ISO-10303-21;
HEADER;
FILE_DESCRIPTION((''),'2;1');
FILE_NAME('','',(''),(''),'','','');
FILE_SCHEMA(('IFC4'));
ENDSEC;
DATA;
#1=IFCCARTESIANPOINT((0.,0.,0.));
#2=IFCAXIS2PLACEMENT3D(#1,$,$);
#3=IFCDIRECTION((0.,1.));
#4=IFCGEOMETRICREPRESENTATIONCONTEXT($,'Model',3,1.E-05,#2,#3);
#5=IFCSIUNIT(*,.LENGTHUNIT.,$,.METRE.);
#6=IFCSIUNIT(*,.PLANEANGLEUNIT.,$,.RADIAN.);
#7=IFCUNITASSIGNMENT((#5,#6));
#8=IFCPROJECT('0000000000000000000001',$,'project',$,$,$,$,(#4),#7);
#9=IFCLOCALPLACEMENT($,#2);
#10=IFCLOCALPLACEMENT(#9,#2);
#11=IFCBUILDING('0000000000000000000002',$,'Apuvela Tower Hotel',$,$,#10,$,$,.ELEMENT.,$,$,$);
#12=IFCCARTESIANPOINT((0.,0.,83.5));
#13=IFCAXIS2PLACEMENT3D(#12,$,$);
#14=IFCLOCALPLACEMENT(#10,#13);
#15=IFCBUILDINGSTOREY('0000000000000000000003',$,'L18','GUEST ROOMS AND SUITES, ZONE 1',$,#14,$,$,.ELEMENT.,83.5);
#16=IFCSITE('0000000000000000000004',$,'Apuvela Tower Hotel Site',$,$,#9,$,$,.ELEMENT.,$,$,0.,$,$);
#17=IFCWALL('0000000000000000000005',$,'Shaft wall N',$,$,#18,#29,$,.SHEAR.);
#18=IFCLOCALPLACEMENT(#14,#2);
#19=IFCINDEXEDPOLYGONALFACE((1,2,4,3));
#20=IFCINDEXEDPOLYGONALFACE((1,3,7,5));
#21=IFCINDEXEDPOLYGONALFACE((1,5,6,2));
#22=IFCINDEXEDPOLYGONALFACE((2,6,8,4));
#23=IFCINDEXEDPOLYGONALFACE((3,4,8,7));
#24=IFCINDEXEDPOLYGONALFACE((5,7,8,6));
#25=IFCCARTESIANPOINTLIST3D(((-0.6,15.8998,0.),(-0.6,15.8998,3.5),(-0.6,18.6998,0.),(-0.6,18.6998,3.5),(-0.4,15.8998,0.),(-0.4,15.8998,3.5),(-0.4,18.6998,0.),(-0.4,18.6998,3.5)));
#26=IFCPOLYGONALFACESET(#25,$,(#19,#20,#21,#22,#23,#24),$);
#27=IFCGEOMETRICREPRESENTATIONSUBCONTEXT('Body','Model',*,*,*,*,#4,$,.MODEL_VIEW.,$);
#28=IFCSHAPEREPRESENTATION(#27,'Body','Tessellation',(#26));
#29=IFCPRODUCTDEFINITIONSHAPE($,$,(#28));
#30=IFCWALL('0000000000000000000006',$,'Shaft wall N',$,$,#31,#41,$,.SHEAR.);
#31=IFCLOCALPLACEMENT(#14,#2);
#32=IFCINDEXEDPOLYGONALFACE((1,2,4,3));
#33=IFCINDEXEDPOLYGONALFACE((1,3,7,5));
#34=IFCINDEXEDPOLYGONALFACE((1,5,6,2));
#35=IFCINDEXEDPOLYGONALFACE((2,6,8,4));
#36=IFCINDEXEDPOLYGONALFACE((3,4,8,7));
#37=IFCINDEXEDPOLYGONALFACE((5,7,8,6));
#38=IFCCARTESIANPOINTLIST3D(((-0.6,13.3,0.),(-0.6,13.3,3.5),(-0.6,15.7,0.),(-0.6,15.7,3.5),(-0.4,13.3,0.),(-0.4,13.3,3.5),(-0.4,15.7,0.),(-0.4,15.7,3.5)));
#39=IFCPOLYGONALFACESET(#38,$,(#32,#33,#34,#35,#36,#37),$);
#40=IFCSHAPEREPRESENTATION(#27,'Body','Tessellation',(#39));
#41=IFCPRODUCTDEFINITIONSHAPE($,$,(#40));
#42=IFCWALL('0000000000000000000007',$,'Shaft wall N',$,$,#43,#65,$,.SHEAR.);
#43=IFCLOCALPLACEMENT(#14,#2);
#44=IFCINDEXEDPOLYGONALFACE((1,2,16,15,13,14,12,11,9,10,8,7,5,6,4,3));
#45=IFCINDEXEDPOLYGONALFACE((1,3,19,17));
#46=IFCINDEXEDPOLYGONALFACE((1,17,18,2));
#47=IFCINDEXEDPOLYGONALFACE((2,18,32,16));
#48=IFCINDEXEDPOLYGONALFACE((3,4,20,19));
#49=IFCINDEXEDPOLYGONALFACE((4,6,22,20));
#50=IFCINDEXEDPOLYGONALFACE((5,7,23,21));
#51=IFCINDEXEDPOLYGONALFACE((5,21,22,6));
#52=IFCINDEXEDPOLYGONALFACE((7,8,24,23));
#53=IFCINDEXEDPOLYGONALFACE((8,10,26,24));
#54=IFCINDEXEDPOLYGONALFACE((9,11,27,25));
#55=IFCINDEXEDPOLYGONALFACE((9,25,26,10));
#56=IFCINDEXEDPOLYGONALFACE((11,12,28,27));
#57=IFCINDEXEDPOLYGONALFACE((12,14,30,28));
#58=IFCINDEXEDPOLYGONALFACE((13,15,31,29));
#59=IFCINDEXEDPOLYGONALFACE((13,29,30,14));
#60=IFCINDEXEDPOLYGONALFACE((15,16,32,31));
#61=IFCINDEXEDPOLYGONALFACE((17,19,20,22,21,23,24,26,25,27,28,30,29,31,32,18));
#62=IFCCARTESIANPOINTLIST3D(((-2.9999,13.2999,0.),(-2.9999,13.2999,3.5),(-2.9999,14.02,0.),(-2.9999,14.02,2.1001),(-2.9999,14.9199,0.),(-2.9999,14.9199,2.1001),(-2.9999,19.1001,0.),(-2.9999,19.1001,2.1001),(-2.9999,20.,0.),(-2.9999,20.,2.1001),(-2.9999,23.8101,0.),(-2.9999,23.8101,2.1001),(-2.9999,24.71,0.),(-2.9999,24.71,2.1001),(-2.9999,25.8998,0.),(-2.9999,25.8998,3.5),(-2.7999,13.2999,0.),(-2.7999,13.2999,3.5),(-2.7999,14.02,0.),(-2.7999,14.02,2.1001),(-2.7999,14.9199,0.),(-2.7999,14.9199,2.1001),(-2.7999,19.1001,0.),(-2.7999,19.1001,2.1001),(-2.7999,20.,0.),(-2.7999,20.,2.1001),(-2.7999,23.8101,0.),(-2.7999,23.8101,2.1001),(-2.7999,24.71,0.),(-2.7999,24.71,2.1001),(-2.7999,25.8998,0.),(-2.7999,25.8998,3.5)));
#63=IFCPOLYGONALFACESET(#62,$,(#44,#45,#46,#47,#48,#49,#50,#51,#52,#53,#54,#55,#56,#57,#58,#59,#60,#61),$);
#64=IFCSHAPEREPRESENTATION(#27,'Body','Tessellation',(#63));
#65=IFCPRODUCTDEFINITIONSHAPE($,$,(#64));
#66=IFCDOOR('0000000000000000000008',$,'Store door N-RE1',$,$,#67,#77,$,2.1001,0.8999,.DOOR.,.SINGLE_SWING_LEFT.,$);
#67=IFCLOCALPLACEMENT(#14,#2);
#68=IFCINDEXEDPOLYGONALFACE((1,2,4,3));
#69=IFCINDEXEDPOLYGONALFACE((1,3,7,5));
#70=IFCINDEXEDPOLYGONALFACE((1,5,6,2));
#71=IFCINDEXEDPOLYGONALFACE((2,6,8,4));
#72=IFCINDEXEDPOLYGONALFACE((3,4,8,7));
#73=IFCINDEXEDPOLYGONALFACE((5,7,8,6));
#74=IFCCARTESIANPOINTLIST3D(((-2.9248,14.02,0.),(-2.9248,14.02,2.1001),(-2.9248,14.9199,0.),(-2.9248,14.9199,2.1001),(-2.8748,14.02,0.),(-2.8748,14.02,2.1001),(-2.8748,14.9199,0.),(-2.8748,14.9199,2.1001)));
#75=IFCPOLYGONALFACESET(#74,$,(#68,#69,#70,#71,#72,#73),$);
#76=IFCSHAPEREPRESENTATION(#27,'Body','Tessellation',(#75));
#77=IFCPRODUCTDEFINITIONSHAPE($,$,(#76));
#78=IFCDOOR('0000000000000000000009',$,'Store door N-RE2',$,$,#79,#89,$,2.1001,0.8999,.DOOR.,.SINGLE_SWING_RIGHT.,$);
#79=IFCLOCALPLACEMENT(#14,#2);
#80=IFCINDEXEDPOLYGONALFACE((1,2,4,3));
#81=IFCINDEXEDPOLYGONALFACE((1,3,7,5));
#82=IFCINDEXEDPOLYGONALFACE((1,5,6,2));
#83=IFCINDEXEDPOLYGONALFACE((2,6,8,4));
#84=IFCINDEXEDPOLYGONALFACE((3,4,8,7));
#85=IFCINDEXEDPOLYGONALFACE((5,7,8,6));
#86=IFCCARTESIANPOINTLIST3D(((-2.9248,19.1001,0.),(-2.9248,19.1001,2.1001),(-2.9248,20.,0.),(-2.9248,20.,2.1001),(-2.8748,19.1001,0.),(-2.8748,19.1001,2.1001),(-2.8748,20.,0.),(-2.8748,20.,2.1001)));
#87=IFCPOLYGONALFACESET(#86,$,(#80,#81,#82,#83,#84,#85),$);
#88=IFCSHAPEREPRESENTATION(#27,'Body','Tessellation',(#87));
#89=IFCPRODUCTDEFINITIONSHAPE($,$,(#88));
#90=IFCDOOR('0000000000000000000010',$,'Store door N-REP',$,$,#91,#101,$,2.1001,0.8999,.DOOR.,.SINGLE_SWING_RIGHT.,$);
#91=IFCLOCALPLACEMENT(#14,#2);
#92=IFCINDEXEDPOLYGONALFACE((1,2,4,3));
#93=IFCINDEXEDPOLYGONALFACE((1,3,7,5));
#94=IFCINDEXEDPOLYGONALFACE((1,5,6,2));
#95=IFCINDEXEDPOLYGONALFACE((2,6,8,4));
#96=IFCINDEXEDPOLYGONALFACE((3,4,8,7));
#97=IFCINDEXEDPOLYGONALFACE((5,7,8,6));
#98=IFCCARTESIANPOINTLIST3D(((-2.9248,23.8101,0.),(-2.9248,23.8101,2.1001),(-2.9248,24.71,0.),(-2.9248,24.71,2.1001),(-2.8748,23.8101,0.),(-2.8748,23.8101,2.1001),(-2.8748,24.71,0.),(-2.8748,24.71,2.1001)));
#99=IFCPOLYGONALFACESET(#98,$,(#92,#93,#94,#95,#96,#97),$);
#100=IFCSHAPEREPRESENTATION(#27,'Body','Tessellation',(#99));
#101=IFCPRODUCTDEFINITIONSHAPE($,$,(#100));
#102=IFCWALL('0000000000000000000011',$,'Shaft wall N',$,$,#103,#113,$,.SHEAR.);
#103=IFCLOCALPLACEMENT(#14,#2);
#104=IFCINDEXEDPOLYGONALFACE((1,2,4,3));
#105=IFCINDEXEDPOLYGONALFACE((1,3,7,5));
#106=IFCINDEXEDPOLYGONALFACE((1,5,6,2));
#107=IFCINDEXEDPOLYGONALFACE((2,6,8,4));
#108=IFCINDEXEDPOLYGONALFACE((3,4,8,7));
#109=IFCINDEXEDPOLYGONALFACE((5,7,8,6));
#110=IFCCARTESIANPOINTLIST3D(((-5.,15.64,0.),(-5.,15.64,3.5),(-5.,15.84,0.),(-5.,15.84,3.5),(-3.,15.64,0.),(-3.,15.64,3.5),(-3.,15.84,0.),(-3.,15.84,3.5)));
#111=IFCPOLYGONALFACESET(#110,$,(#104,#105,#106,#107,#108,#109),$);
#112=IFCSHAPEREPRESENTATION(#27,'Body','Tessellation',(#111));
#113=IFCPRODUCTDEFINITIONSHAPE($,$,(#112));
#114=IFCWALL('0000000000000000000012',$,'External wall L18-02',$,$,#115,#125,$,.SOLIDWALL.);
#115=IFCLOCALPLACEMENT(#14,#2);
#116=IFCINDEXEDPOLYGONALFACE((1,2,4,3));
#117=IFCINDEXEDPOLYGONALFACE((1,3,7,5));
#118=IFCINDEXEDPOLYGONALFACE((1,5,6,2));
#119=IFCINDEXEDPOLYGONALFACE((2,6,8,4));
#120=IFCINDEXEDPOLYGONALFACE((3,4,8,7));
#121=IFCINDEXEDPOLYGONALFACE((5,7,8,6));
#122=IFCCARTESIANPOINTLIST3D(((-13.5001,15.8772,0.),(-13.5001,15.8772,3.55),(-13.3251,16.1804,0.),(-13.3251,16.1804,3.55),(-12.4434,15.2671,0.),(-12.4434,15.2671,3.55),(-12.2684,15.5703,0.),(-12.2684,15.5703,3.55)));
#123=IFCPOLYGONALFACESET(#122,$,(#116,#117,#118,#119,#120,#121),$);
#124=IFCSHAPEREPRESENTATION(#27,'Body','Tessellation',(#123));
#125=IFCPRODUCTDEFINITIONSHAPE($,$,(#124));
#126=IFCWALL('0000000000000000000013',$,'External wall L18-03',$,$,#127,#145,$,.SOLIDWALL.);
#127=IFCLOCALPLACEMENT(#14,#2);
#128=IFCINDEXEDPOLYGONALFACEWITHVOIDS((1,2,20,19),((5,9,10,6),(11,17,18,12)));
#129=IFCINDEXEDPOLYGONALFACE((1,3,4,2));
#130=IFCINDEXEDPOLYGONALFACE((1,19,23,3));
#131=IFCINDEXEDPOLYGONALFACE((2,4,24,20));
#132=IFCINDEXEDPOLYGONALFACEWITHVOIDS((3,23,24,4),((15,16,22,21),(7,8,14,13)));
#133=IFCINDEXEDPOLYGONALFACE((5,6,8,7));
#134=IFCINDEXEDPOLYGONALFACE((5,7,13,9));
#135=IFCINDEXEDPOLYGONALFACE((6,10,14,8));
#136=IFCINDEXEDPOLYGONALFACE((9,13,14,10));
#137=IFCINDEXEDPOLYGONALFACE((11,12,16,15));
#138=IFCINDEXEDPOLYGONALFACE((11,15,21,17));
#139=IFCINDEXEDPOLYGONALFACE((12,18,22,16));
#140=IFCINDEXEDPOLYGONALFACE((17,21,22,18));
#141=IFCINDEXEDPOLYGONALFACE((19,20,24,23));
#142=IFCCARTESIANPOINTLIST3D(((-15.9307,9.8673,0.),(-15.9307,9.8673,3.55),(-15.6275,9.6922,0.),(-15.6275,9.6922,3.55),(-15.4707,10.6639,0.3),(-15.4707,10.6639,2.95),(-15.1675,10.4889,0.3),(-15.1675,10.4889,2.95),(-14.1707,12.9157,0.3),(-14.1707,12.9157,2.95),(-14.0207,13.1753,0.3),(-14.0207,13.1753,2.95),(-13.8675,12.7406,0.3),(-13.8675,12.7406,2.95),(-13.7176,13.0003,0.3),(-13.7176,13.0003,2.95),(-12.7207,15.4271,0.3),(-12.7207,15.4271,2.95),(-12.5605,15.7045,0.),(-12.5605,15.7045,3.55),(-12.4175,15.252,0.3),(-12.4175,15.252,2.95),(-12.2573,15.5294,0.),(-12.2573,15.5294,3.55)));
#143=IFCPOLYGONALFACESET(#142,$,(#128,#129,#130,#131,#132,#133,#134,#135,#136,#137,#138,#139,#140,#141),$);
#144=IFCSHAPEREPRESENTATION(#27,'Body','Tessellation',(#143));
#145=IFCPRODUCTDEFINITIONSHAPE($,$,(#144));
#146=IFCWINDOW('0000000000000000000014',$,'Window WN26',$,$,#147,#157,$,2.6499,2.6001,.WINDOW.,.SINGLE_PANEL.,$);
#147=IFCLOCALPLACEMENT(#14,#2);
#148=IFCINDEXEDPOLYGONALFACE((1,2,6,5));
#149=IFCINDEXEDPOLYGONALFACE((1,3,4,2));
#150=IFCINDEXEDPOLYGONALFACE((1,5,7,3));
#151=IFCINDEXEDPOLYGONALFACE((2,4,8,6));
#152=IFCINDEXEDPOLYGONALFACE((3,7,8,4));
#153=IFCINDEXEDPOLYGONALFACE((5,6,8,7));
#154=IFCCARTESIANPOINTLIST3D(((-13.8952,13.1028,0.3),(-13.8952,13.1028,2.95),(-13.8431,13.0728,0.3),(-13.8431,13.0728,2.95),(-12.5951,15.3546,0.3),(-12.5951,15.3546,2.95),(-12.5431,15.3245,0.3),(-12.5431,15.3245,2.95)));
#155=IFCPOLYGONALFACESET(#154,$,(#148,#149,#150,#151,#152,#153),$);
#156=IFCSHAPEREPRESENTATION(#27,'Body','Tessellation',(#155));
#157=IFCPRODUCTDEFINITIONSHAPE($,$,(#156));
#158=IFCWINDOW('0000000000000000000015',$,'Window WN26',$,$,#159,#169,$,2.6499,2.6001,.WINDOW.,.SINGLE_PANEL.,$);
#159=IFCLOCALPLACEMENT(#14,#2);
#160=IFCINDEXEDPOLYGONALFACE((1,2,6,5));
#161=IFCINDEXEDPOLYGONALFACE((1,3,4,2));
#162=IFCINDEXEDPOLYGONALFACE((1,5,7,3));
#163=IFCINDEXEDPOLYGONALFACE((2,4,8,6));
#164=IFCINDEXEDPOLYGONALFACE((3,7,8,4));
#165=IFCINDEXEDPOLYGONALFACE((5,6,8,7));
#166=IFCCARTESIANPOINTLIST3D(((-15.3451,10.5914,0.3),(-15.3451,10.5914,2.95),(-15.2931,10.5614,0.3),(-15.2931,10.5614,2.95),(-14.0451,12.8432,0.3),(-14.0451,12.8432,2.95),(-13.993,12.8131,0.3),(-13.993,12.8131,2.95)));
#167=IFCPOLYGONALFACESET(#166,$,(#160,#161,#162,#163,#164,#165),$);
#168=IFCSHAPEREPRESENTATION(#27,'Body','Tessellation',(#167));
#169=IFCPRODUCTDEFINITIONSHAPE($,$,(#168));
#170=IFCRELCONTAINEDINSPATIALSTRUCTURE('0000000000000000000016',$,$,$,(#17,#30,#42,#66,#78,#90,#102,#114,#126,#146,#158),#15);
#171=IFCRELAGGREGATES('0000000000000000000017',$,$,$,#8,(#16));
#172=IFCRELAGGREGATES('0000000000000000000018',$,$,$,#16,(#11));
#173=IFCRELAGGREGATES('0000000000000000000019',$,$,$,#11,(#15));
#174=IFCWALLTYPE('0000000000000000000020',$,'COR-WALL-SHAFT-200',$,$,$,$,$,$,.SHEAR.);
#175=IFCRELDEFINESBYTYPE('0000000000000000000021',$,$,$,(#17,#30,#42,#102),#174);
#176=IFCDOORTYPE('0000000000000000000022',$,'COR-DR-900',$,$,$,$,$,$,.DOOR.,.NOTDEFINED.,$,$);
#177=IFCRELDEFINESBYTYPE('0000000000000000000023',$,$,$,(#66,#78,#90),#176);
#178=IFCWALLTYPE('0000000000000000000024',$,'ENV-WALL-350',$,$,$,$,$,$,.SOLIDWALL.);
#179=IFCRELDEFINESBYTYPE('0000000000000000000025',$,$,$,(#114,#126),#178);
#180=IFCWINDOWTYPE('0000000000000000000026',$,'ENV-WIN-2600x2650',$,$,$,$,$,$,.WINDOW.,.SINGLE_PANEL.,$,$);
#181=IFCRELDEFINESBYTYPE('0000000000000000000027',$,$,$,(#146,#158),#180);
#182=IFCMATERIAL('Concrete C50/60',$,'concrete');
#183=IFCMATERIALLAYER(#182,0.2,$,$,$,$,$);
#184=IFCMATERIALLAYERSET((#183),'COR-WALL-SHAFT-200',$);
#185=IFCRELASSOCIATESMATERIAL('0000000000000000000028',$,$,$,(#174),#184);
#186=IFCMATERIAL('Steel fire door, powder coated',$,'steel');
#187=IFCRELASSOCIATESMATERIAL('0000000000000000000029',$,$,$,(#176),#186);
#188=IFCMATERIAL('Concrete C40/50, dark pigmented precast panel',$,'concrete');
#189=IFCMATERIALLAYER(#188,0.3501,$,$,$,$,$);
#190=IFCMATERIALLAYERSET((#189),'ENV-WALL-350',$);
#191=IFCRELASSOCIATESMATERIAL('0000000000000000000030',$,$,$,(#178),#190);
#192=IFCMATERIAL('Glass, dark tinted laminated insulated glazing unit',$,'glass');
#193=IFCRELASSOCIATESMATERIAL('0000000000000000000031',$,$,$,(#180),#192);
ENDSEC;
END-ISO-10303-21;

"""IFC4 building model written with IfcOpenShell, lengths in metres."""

from ifc_helpers import new_model, si_unit, direction, frame, frame_2d, origin, place, context, subcontext, project, spatial, rectangle, extrude, material, layer, layer_set, type_object, element, fill, save


model = new_model("IFC4")

# Units and contexts
model_context = context("Model", 3, precision=1e-05, world=origin(), true_north=direction((0.0, 1.0)))
body_context = subcontext(model_context, "Body", "Model", "MODEL_VIEW")
ifc_project = project(units=[si_unit("LENGTHUNIT", "METRE"), si_unit("PLANEANGLEUNIT", "RADIAN")], contexts=[model_context])

# Site, building, storey
site_placement = place(None, origin())
site = spatial("IfcSite", under=ifc_project, at=site_placement, Name="Apuvela Tower Hotel Site", CompositionType="ELEMENT", RefElevation=0.0)
building_placement = place(site_placement, origin())
building = spatial("IfcBuilding", under=site, at=building_placement, Name="Apuvela Tower Hotel", CompositionType="ELEMENT")
storey_placement = place(building_placement, frame((0.0, 0.0, 83.5)))
storey = spatial("IfcBuildingStorey", under=building, at=storey_placement, Name="L18", Description="GUEST ROOMS AND SUITES, ZONE 1", CompositionType="ELEMENT", Elevation=83.5)

# Walls
ifc_material_1 = material(Name="Concrete C50/60", Category="concrete")
ifc_layer_1 = layer(ifc_material_1, 0.2)
ifc_layer_set_1 = layer_set([ifc_layer_1], Name="COR-WALL-SHAFT-200")
wall_type_1 = type_object("IfcWallType", Name="COR-WALL-SHAFT-200", PredefinedType="SHEAR", material=ifc_layer_set_1)
wall_1_placement = place(storey_placement, frame((-0.5, 15.8999, 0.0), z_axis=(0.0, 0.0, 1.0), x_axis=(0.0, 1.0, 0.0)))
element("IfcWall", 1, at=wall_1_placement, inside=storey, type_object=wall_type_1, Name="Shaft wall N", PredefinedType="SHEAR", context=body_context, shape_type="SweptSolid", body=[
    extrude(rectangle(XDim=2.8, YDim=0.2, at=frame_2d((1.3999, 0.0))), origin(), (0.0, 0.0, 1.0), 3.5),
])
wall_2_placement = place(storey_placement, frame((-0.5, 13.3, 0.0), z_axis=(0.0, 0.0, 1.0), x_axis=(0.0, 1.0, 0.0)))
element("IfcWall", 2, at=wall_2_placement, inside=storey, type_object=wall_type_1, Name="Shaft wall N", PredefinedType="SHEAR", context=body_context, shape_type="SweptSolid", body=[
    extrude(rectangle(XDim=2.3999, YDim=0.2, at=frame_2d((1.2, 0.0))), origin(), (0.0, 0.0, 1.0), 3.5),
])

# Wall, openings, doors
wall_3_placement = place(storey_placement, frame((-2.8999, 13.3, 0.0), z_axis=(0.0, 0.0, 1.0), x_axis=(0.0, 1.0, 0.0)))
wall_3 = element("IfcWall", 3, at=wall_3_placement, inside=storey, type_object=wall_type_1, Name="Shaft wall N", PredefinedType="SHEAR", context=body_context, shape_type="SweptSolid", body=[
    extrude(rectangle(XDim=12.5999, YDim=0.2, at=frame_2d((6.2998, 0.0))), origin(), (0.0, 0.0, 1.0), 3.5),
])
opening_1_placement = place(wall_3_placement, frame((0.72, 0.0, 0.0)))
opening_1 = element("IfcOpeningElement", 4, at=opening_1_placement, cuts=wall_3, PredefinedType="OPENING", context=body_context, shape_type="SweptSolid", body=[
    extrude(rectangle(XDim=0.8999, YDim=2.1001, at=frame_2d((0.45, 1.05))), frame((0.0, 0.1099, 0.0), z_axis=(0.0, -1.0, 0.0), x_axis=(1.0, 0.0, 0.0)), (0.0, 0.0, 1.0), 0.22),
])
opening_2_placement = place(wall_3_placement, frame((5.8, 0.0, 0.0)))
opening_2 = element("IfcOpeningElement", 5, at=opening_2_placement, cuts=wall_3, PredefinedType="OPENING", context=body_context, shape_type="SweptSolid", body=[
    extrude(rectangle(XDim=0.8999, YDim=2.1001, at=frame_2d((0.45, 1.05))), frame((0.0, 0.1099, 0.0), z_axis=(0.0, -1.0, 0.0), x_axis=(1.0, 0.0, 0.0)), (0.0, 0.0, 1.0), 0.22),
])
opening_3_placement = place(wall_3_placement, frame((10.51, 0.0, 0.0)))
opening_3 = element("IfcOpeningElement", 6, at=opening_3_placement, cuts=wall_3, PredefinedType="OPENING", context=body_context, shape_type="SweptSolid", body=[
    extrude(rectangle(XDim=0.8999, YDim=2.1001, at=frame_2d((0.45, 1.05))), frame((0.0, 0.1099, 0.0), z_axis=(0.0, -1.0, 0.0), x_axis=(1.0, 0.0, 0.0)), (0.0, 0.0, 1.0), 0.22),
])
ifc_material_2 = material(Name="Steel fire door, powder coated", Category="steel")
door_type = type_object("IfcDoorType", Name="COR-DR-900", OperationType="NOTDEFINED", PredefinedType="DOOR", material=ifc_material_2)
door_1_placement = place(opening_1_placement, origin())
door_1 = element("IfcDoor", 7, at=door_1_placement, inside=storey, type_object=door_type, Name="Store door N-RE1", OperationType="SINGLE_SWING_LEFT", OverallHeight=2.1001, OverallWidth=0.8999, PredefinedType="DOOR", context=body_context, shape_type="SweptSolid", body=[
    extrude(rectangle(XDim=0.8999, YDim=2.1001, at=frame_2d((0.45, 1.05))), frame((0.0, 0.0249, 0.0), z_axis=(0.0, -1.0, 0.0), x_axis=(1.0, 0.0, 0.0)), (0.0, 0.0, 1.0), 0.05),
])
fill(opening_1, door_1)
door_2_placement = place(opening_2_placement, origin())
door_2 = element("IfcDoor", 8, at=door_2_placement, inside=storey, type_object=door_type, Name="Store door N-RE2", OperationType="SINGLE_SWING_RIGHT", OverallHeight=2.1001, OverallWidth=0.8999, PredefinedType="DOOR", context=body_context, shape_type="SweptSolid", body=[
    extrude(rectangle(XDim=0.8999, YDim=2.1001, at=frame_2d((0.45, 1.05))), frame((0.0, 0.0249, 0.0), z_axis=(0.0, -1.0, 0.0), x_axis=(1.0, 0.0, 0.0)), (0.0, 0.0, 1.0), 0.05),
])
fill(opening_2, door_2)
door_3_placement = place(opening_3_placement, origin())
door_3 = element("IfcDoor", 9, at=door_3_placement, inside=storey, type_object=door_type, Name="Store door N-REP", OperationType="SINGLE_SWING_RIGHT", OverallHeight=2.1001, OverallWidth=0.8999, PredefinedType="DOOR", context=body_context, shape_type="SweptSolid", body=[
    extrude(rectangle(XDim=0.8999, YDim=2.1001, at=frame_2d((0.45, 1.05))), frame((0.0, 0.0249, 0.0), z_axis=(0.0, -1.0, 0.0), x_axis=(1.0, 0.0, 0.0)), (0.0, 0.0, 1.0), 0.05),
])
fill(opening_3, door_3)

# Walls
wall_4_placement = place(storey_placement, frame((-3.0, 15.74, 0.0), z_axis=(0.0, 0.0, 1.0), x_axis=(-1.0, 0.0, 0.0)))
element("IfcWall", 10, at=wall_4_placement, inside=storey, type_object=wall_type_1, Name="Shaft wall N", PredefinedType="SHEAR", context=body_context, shape_type="SweptSolid", body=[
    extrude(rectangle(XDim=2.0, YDim=0.2, at=frame_2d((1.0, 0.0))), origin(), (0.0, 0.0, 1.0), 3.5),
])
ifc_material_3 = material(Name="Concrete C40/50, dark pigmented precast panel", Category="concrete")
ifc_layer_2 = layer(ifc_material_3, 0.3501)
ifc_layer_set_2 = layer_set([ifc_layer_2], Name="ENV-WALL-350")
wall_type_2 = type_object("IfcWallType", Name="ENV-WALL-350", PredefinedType="SOLIDWALL", material=ifc_layer_set_2)
wall_5_placement = place(storey_placement, frame((-13.4126, 16.0288, 0.0), z_axis=(0.0, 0.0, 1.0), x_axis=(0.866006, -0.500034, 0.0)))
element("IfcWall", 11, at=wall_5_placement, inside=storey, type_object=wall_type_2, Name="External wall L18-02", PredefinedType="SOLIDWALL", context=body_context, shape_type="SweptSolid", body=[
    extrude(rectangle(XDim=1.2202, YDim=0.3501, at=frame_2d((0.6101, 0.0))), origin(), (0.0, 0.0, 1.0), 3.55),
])

# Wall, openings, windows
wall_6_placement = place(storey_placement, frame((-12.4089, 15.6169, 0.0), z_axis=(0.0, 0.0, 1.0), x_axis=(-0.500004, -0.866023, 0.0)))
wall_6 = element("IfcWall", 12, at=wall_6_placement, inside=storey, type_object=wall_type_2, Name="External wall L18-03", PredefinedType="SOLIDWALL", context=body_context, shape_type="SweptSolid", body=[
    extrude(rectangle(XDim=6.7402, YDim=0.3501, at=frame_2d((3.3701, 0.0))), origin(), (0.0, 0.0, 1.0), 3.55),
])
opening_4_placement = place(wall_6_placement, frame((0.3203, 0.0, 0.3)))
opening_4 = element("IfcOpeningElement", 13, at=opening_4_placement, cuts=wall_6, PredefinedType="OPENING", context=body_context, shape_type="SweptSolid", body=[
    extrude(rectangle(XDim=2.6001, YDim=2.6499, at=frame_2d((1.3, 1.325))), frame((0.0, 0.1851, 0.0), z_axis=(0.0, -1.0, 0.0), x_axis=(1.0, 0.0, 0.0)), (0.0, 0.0, 1.0), 0.3701),
])
opening_5_placement = place(wall_6_placement, frame((3.2202, 0.0, 0.3)))
opening_5 = element("IfcOpeningElement", 14, at=opening_5_placement, cuts=wall_6, PredefinedType="OPENING", context=body_context, shape_type="SweptSolid", body=[
    extrude(rectangle(XDim=2.6001, YDim=2.6499, at=frame_2d((1.3, 1.325))), frame((0.0, 0.1851, 0.0), z_axis=(0.0, -1.0, 0.0), x_axis=(1.0, 0.0, 0.0)), (0.0, 0.0, 1.0), 0.3701),
])
ifc_material_4 = material(Name="Glass, dark tinted laminated insulated glazing unit", Category="glass")
window_type_1 = type_object("IfcWindowType", Name="ENV-WIN-2600x2650", PartitioningType="SINGLE_PANEL", PredefinedType="WINDOW", material=ifc_material_4)
window_1_placement = place(opening_4_placement, origin())
window_1 = element("IfcWindow", 15, at=window_1_placement, inside=storey, type_object=window_type_1, Name="Window WN26", OverallHeight=2.6499, OverallWidth=2.6001, PartitioningType="SINGLE_PANEL", PredefinedType="WINDOW", context=body_context, shape_type="SweptSolid", body=[
    extrude(rectangle(XDim=2.6001, YDim=2.6499, at=frame_2d((1.3, 1.325))), frame((0.0, 0.03, 0.0), z_axis=(0.0, -1.0, 0.0), x_axis=(1.0, 0.0, 0.0)), (0.0, 0.0, 1.0), 0.0601),
])
fill(opening_4, window_1)
window_2_placement = place(opening_5_placement, origin())
window_2 = element("IfcWindow", 16, at=window_2_placement, inside=storey, type_object=window_type_1, Name="Window WN26", OverallHeight=2.6499, OverallWidth=2.6001, PartitioningType="SINGLE_PANEL", PredefinedType="WINDOW", context=body_context, shape_type="SweptSolid", body=[
    extrude(rectangle(XDim=2.6001, YDim=2.6499, at=frame_2d((1.3, 1.325))), frame((0.0, 0.03, 0.0), z_axis=(0.0, -1.0, 0.0), x_axis=(1.0, 0.0, 0.0)), (0.0, 0.0, 1.0), 0.0601),
])
fill(opening_5, window_2)

save(model, "model.ifc")
